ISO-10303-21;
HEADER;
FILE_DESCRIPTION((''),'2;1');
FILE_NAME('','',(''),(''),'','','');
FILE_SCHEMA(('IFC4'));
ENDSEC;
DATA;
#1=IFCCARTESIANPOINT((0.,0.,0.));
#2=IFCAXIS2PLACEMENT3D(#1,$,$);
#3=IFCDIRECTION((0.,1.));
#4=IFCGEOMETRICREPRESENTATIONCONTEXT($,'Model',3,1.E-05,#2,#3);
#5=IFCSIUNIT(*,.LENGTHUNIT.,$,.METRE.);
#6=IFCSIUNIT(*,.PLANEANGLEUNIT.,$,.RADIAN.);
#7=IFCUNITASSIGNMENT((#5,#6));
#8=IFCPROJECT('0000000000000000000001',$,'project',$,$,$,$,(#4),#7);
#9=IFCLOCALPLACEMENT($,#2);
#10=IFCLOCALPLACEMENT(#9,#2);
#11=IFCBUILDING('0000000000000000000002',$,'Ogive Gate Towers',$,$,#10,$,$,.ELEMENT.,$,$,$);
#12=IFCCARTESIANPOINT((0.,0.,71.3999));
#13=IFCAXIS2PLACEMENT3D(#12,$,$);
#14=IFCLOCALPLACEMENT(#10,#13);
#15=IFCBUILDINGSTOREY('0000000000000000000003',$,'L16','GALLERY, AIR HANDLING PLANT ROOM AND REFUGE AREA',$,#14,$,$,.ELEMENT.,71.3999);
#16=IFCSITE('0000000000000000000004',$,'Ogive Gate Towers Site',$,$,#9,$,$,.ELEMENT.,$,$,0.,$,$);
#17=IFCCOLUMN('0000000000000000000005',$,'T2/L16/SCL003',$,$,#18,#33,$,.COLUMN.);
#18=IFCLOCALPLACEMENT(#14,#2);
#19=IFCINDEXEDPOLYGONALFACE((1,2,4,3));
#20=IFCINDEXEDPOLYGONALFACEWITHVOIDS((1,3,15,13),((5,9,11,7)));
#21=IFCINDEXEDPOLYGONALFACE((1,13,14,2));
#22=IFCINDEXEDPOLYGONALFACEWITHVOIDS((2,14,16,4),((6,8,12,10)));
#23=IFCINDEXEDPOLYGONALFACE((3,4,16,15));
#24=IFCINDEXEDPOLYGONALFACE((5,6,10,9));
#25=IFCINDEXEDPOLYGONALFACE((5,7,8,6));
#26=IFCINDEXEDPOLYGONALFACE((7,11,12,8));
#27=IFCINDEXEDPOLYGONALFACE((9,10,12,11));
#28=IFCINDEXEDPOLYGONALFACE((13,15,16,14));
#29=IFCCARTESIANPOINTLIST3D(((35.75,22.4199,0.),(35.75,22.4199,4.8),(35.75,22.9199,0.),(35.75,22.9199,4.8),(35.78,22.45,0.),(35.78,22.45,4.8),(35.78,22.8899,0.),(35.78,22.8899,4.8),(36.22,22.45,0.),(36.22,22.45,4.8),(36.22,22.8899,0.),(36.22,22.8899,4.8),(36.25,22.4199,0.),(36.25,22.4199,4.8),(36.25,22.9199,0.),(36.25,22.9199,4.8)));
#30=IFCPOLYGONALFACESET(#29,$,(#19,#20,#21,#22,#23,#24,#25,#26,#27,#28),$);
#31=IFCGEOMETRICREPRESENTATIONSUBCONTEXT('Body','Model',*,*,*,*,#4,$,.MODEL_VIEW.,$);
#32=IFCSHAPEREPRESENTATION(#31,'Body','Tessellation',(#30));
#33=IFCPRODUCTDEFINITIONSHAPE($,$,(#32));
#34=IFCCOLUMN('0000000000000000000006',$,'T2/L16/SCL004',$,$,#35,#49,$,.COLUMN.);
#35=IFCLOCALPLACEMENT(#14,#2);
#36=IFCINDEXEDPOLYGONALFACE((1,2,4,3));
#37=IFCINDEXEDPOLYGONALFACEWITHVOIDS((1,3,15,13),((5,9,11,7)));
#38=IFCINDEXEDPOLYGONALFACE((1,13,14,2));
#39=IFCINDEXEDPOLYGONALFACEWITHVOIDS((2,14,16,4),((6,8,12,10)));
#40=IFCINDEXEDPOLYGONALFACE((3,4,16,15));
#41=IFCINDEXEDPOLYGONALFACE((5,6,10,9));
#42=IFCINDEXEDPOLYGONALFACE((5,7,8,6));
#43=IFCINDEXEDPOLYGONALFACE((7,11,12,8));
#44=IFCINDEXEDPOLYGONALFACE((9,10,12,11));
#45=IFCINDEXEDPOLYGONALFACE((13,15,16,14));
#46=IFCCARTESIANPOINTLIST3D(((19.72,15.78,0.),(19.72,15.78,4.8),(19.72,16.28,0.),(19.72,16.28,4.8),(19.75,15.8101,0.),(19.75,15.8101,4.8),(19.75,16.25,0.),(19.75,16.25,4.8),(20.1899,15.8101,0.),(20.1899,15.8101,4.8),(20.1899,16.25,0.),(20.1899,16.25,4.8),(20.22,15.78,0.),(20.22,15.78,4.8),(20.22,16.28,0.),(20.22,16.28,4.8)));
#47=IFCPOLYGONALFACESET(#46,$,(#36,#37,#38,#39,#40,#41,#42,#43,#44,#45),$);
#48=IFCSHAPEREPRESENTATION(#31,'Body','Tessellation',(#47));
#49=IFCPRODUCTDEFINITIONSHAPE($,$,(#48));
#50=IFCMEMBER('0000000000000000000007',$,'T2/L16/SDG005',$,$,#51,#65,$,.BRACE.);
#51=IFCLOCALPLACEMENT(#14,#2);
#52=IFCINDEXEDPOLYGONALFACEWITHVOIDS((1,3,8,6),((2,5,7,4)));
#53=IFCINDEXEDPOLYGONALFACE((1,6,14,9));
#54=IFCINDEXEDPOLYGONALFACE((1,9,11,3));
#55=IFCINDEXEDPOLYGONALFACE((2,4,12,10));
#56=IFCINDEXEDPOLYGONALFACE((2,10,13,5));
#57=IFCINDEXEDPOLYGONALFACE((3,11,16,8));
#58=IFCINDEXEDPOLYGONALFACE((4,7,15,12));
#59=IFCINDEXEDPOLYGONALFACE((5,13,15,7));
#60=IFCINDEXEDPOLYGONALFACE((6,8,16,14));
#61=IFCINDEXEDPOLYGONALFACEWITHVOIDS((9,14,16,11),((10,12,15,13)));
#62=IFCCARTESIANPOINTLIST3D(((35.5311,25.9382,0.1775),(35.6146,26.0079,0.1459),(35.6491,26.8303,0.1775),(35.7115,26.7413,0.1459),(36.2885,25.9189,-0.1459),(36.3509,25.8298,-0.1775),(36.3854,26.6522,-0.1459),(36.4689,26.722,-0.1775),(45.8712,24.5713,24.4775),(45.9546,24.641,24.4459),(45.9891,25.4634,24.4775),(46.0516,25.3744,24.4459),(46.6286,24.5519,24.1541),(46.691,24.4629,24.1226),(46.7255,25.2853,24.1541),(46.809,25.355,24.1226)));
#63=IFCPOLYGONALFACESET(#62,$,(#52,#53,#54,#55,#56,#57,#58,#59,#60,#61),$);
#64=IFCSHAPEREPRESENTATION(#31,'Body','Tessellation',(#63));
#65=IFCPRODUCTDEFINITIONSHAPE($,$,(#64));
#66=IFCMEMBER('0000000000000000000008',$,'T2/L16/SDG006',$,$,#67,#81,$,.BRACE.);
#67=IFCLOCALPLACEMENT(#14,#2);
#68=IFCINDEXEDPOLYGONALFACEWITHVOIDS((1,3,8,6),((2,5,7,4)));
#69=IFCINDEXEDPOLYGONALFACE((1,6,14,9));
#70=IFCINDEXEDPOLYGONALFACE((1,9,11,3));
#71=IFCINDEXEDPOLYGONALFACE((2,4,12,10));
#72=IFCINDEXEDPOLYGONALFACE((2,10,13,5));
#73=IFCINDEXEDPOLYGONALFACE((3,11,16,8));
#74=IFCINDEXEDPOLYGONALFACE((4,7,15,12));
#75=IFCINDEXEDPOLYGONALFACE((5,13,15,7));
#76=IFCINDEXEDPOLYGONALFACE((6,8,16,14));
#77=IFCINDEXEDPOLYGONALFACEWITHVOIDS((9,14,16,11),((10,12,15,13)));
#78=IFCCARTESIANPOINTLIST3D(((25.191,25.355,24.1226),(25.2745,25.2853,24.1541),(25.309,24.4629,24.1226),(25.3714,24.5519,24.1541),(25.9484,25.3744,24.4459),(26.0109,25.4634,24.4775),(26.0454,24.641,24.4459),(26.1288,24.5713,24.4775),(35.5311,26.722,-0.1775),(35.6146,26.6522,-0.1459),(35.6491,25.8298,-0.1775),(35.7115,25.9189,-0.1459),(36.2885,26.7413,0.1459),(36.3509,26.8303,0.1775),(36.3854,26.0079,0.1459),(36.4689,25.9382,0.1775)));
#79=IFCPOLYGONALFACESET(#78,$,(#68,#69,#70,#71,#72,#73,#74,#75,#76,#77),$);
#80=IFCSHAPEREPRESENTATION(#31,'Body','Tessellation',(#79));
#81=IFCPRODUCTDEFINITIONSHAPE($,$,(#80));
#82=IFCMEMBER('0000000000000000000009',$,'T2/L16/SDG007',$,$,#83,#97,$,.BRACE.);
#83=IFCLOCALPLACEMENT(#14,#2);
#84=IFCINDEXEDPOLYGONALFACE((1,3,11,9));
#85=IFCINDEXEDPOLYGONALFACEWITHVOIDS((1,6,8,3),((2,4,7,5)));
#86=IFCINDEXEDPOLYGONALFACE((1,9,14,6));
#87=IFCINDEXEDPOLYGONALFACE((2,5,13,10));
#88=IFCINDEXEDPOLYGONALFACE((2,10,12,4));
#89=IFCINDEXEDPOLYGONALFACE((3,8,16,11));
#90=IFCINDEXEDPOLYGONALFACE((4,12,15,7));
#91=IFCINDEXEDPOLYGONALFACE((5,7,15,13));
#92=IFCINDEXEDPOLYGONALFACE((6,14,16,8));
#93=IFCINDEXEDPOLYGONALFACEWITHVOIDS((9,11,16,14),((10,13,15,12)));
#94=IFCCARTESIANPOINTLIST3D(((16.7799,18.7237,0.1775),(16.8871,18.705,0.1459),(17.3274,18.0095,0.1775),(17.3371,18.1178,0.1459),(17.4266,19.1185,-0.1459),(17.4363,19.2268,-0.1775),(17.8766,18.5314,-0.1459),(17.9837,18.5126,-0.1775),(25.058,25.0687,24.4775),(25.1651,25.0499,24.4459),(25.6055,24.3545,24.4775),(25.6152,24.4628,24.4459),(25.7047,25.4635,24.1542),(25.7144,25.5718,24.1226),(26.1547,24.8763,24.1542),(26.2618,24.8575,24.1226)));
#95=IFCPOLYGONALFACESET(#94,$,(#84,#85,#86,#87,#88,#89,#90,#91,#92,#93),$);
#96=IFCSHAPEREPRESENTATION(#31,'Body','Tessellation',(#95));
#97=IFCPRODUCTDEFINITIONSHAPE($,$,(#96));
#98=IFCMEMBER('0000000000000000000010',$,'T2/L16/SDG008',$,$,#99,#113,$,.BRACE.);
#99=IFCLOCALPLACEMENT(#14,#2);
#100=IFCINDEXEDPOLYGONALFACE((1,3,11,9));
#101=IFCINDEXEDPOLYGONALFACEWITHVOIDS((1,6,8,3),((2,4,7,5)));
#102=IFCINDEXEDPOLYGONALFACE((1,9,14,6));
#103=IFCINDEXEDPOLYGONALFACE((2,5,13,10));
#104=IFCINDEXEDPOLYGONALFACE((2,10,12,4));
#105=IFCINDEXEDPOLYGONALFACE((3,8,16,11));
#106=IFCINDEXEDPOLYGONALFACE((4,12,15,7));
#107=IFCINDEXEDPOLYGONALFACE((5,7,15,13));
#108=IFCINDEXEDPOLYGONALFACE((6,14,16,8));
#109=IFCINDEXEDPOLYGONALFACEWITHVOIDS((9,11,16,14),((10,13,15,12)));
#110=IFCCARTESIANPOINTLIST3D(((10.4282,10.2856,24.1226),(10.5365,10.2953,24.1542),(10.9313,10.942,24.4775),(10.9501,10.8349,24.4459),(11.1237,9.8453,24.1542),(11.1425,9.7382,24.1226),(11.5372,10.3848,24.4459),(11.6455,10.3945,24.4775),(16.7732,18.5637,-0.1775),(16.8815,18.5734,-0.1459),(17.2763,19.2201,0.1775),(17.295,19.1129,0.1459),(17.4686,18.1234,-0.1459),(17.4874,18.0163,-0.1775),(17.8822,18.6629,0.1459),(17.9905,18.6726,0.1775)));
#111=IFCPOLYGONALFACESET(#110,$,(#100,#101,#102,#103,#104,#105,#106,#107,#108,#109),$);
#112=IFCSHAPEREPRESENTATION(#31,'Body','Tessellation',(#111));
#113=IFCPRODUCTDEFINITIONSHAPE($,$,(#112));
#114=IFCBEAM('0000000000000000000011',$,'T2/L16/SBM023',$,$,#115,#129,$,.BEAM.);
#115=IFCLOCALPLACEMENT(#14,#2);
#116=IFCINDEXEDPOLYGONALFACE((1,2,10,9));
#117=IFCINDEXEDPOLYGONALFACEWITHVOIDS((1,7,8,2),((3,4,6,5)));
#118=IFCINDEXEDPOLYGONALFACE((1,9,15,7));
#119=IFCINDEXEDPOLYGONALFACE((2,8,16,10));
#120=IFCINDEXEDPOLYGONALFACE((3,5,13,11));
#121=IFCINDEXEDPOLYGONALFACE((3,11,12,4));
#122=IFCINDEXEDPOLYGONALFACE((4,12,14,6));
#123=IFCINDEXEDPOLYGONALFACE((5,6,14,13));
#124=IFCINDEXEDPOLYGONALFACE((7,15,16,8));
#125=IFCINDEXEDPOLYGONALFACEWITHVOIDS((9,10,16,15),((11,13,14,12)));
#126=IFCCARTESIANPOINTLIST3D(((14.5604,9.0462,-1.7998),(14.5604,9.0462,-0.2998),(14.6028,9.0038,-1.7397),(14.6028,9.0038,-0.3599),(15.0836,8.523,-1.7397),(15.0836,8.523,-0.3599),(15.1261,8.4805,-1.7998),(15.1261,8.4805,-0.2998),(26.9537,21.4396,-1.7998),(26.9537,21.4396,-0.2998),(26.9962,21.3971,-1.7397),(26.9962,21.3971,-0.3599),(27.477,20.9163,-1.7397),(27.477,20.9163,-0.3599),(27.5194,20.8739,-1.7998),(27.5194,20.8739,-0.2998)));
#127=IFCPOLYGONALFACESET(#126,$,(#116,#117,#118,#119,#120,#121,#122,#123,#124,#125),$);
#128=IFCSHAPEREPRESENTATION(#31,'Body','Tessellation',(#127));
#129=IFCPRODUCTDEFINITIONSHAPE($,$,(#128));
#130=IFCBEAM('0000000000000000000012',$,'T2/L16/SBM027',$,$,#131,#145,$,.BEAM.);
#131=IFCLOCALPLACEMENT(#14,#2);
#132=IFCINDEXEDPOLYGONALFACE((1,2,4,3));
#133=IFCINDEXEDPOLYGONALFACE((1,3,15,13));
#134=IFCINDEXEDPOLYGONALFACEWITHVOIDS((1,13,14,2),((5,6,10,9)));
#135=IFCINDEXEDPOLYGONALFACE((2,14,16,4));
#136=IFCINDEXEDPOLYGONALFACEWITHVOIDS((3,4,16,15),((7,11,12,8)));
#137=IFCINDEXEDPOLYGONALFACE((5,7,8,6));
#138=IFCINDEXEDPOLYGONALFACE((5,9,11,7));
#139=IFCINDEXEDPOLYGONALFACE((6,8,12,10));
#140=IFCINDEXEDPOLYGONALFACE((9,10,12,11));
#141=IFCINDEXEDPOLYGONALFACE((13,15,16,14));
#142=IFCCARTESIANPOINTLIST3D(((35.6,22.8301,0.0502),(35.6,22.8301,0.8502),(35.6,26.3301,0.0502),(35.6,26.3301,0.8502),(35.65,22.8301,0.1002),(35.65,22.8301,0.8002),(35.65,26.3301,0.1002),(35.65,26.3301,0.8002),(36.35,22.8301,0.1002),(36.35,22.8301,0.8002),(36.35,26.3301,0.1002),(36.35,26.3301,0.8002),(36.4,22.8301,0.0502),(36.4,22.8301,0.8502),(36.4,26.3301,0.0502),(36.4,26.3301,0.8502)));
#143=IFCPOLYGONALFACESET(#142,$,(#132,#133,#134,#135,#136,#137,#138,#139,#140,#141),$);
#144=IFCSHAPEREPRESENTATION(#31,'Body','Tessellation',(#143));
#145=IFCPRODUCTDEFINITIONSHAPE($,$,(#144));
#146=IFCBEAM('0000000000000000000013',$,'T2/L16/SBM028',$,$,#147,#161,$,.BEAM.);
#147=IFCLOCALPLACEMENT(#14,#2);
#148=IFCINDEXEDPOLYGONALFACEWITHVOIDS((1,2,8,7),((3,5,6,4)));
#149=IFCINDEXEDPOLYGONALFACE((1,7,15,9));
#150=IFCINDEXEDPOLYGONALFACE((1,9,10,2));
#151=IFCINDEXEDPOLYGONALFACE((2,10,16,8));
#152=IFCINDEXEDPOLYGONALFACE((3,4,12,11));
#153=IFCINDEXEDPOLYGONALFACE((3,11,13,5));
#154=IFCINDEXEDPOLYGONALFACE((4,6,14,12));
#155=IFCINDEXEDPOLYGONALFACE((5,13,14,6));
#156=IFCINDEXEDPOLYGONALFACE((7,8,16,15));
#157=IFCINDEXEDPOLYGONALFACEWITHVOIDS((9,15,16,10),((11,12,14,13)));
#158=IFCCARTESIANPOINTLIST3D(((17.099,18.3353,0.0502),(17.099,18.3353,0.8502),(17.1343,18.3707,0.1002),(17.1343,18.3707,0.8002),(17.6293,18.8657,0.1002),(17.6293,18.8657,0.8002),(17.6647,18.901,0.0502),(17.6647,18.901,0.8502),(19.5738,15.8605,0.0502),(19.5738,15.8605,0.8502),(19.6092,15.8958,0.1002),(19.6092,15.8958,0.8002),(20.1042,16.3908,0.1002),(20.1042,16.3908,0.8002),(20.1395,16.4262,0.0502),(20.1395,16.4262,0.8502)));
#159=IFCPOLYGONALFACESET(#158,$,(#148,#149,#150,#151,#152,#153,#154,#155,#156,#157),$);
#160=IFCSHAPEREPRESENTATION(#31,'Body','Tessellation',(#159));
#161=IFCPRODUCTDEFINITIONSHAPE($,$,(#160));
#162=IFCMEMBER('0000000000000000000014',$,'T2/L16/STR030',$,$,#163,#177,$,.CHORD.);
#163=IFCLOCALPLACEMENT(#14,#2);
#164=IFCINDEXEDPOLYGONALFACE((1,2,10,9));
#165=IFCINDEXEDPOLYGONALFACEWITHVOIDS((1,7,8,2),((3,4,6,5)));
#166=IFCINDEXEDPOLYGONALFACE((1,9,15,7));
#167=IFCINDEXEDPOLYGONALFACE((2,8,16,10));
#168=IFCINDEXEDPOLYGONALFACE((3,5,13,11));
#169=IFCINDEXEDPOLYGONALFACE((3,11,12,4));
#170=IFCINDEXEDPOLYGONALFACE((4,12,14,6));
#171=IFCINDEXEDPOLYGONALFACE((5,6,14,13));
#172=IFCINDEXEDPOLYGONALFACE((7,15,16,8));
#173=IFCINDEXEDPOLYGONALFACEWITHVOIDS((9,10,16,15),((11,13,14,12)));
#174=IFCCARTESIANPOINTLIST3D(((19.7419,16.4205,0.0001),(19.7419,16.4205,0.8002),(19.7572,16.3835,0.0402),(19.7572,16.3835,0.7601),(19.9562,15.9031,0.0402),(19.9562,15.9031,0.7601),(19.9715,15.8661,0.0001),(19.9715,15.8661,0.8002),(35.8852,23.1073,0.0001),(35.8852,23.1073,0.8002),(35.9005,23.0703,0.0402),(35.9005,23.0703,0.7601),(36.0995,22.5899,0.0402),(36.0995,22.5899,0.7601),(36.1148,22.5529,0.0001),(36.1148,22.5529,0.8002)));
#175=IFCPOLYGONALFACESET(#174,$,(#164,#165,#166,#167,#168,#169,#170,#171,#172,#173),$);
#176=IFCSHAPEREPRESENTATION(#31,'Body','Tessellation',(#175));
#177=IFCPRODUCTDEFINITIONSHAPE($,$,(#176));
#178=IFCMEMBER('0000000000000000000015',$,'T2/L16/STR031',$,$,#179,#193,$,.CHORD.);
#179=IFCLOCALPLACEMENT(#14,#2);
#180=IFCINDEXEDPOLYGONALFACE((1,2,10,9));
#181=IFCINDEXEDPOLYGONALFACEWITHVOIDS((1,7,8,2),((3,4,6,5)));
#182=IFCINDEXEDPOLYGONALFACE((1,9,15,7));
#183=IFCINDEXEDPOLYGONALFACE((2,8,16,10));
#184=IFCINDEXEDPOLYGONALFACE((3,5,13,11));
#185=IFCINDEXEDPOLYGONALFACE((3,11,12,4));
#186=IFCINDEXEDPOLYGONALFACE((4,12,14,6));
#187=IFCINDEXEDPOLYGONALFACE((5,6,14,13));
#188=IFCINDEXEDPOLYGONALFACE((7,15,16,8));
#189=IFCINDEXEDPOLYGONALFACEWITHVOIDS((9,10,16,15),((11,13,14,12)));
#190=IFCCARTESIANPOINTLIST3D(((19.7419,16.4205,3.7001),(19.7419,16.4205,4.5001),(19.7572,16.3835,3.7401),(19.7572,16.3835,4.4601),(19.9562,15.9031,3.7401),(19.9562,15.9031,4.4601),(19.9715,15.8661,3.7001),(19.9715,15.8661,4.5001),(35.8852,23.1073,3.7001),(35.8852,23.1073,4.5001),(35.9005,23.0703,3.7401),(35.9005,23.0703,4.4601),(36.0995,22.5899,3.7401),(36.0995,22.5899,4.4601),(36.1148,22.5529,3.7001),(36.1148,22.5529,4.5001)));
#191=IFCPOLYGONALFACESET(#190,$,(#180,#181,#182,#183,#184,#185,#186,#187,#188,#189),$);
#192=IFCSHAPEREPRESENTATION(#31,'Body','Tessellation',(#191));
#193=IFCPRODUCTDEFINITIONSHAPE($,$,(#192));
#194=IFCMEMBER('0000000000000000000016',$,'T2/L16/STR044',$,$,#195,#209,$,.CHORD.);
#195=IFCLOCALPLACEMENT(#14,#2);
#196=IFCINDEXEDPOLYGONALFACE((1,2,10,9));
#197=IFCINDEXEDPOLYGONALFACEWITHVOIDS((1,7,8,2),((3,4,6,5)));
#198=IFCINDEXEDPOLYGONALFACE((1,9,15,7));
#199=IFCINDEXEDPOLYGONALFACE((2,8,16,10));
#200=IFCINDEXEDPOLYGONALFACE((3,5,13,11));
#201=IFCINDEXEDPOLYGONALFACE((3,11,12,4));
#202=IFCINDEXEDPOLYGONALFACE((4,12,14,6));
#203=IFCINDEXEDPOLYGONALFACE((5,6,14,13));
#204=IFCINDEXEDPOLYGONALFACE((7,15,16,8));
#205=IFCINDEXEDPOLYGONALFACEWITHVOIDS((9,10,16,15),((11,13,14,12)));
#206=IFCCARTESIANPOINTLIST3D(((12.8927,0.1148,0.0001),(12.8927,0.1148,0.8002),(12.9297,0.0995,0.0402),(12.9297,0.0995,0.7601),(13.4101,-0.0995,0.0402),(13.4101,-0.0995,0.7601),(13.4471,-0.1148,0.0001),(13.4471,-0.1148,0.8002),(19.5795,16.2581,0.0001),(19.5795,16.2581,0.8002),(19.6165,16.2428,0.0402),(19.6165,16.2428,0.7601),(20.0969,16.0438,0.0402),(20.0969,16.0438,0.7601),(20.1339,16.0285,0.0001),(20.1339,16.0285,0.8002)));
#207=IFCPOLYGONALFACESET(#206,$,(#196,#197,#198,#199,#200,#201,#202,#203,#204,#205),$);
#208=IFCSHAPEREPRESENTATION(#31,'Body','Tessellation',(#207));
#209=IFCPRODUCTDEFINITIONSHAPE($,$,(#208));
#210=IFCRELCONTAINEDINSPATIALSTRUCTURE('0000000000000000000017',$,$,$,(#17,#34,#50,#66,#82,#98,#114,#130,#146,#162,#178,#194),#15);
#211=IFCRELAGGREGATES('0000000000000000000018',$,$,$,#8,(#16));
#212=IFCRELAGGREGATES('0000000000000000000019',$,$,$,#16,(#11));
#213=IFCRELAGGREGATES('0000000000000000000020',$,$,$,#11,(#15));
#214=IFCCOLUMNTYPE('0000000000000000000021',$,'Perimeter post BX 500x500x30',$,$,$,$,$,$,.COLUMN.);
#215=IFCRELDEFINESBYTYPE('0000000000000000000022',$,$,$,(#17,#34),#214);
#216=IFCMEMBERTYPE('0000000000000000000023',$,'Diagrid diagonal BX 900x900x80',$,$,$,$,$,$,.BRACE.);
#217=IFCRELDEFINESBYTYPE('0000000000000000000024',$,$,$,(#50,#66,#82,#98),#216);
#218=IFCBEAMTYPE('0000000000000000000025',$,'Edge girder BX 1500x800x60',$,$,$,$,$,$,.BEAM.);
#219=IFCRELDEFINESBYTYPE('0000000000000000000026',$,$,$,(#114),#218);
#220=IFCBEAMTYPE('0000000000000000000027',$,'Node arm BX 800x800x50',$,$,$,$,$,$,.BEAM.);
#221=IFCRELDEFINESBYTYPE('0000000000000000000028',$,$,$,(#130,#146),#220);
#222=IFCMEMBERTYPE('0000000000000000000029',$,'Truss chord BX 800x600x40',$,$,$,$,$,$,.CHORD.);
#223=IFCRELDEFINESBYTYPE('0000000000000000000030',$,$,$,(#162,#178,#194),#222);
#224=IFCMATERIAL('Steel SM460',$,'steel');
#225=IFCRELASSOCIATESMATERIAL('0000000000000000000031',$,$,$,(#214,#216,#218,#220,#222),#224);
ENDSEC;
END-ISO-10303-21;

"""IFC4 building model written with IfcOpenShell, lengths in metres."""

from ifc_helpers import new_model, si_unit, direction, frame, origin, origin_2d, place, context, subcontext, project, spatial, hollow_rectangle, extrude, material, material_profile, profile_set, type_object, element, save


model = new_model("IFC4")

# Units and contexts
model_context = context("Model", 3, precision=1e-05, world=origin(), true_north=direction((0.0, 1.0)))
body_context = subcontext(model_context, "Body", "Model", "MODEL_VIEW")
ifc_project = project(units=[si_unit("LENGTHUNIT", "METRE"), si_unit("PLANEANGLEUNIT", "RADIAN")], contexts=[model_context])

# Site, building, storey
site_placement = place(None, origin())
site = spatial("IfcSite", under=ifc_project, at=site_placement, Name="Ogive Gate Towers Site", CompositionType="ELEMENT", RefElevation=0.0)
building_placement = place(site_placement, origin())
building = spatial("IfcBuilding", under=site, at=building_placement, Name="Ogive Gate Towers", CompositionType="ELEMENT")
storey_placement = place(building_placement, frame((0.0, 0.0, 71.3999)))
storey = spatial("IfcBuildingStorey", under=building, at=storey_placement, Name="L16", Description="GALLERY, AIR HANDLING PLANT ROOM AND REFUGE AREA", CompositionType="ELEMENT", Elevation=71.3999)

# Columns
ifc_material_1 = material(Name="Steel SM460", Category="steel")
ifc_material_profile_1 = material_profile(ifc_material_1, hollow_rectangle(XDim=0.5, YDim=0.5, WallThickness=0.03, at=origin_2d()), Name="BX 500x500x30")
ifc_profile_set_1 = profile_set([ifc_material_profile_1], Name="Steel SM460")
column_type = type_object("IfcColumnType", Name="Perimeter post BX 500x500x30", PredefinedType="COLUMN", material=ifc_profile_set_1)
for number, where, z_axis, x_axis, name in (
    (1, (36.0, 22.6699, 0.0), (0.0, 0.0, 1.0), (1.0, 0.0, 0.0), "T2/L16/SCL003"),
    (2, (19.97, 16.03, 0.0), (0.0, 0.0, 1.0), (1.0, 0.0, 0.0), "T2/L16/SCL004"),
):
    element("IfcColumn", number, at=place(storey_placement, frame(where, z_axis=z_axis, x_axis=x_axis)), inside=storey, type_object=column_type, Name=name, PredefinedType="COLUMN", context=body_context, shape_type="SweptSolid", body=[
        extrude(hollow_rectangle(XDim=0.5, YDim=0.5, WallThickness=0.03, at=origin_2d()), origin(), (0.0, 0.0, 1.0), 4.8),
    ])

# Members
ifc_material_profile_2 = material_profile(ifc_material_1, hollow_rectangle(XDim=0.8999, YDim=0.8999, WallThickness=0.0801, at=origin_2d()), Name="BX 900x900x80")
ifc_profile_set_2 = profile_set([ifc_material_profile_2], Name="Steel SM460")
member_type_1 = type_object("IfcMemberType", Name="Diagrid diagonal BX 900x900x80", PredefinedType="BRACE", material=ifc_profile_set_2)
for number, where, z_axis, x_axis, name in (
    (3, (36.0, 26.3301, 0.0), (0.39102, -0.051692, 0.918929), (0.131058, 0.991375, 0.0), "T2/L16/SDG005"),
    (4, (36.0, 26.3301, 0.0), (-0.39102, -0.051692, 0.918929), (0.131058, -0.991375, 0.0), "T2/L16/SDG006"),
    (5, (17.3818, 18.6182, 0.0), (0.313043, 0.239941, 0.91893), (-0.608338, 0.793678, 0.0), "T2/L16/SDG007"),
    (6, (17.3818, 18.6182, 0.0), (-0.239941, -0.313043, 0.91893), (0.793678, -0.608338, 0.0), "T2/L16/SDG008"),
):
    element("IfcMember", number, at=place(storey_placement, frame(where, z_axis=z_axis, x_axis=x_axis)), inside=storey, type_object=member_type_1, Name=name, PredefinedType="BRACE", context=body_context, shape_type="SweptSolid", body=[
        extrude(hollow_rectangle(XDim=0.8999, YDim=0.8999, WallThickness=0.0801, at=origin_2d()), origin(), (0.0, 0.0, 1.0), 26.4438),
    ])

# Beams
ifc_material_profile_3 = material_profile(ifc_material_1, hollow_rectangle(XDim=0.8, YDim=1.5, WallThickness=0.0601, at=origin_2d()), Name="BX 1500x800x60")
ifc_profile_set_3 = profile_set([ifc_material_profile_3], Name="Steel SM460")
beam_type_1 = type_object("IfcBeamType", Name="Edge girder BX 1500x800x60", PredefinedType="BEAM", material=ifc_profile_set_3)
beam_placement = place(storey_placement, frame((27.2366, 21.1567, -1.0498), z_axis=(-0.707107, -0.707107, 0.0), x_axis=(0.707107, -0.707107, 0.0)))
element("IfcBeam", 7, at=beam_placement, inside=storey, type_object=beam_type_1, Name="T2/L16/SBM023", PredefinedType="BEAM", context=body_context, shape_type="SweptSolid", body=[
    extrude(hollow_rectangle(XDim=0.8, YDim=1.5, WallThickness=0.0601, at=origin_2d()), origin(), (0.0, 0.0, 1.0), 17.5269),
])
ifc_material_profile_4 = material_profile(ifc_material_1, hollow_rectangle(XDim=0.8, YDim=0.8, WallThickness=0.05, at=origin_2d()), Name="BX 800x800x50")
ifc_profile_set_4 = profile_set([ifc_material_profile_4], Name="Steel SM460")
beam_type_2 = type_object("IfcBeamType", Name="Node arm BX 800x800x50", PredefinedType="BEAM", material=ifc_profile_set_4)
for number, where, z_axis, x_axis, name in (
    (8, (36.0, 22.8301, 0.4502), (0.0, 1.0, 0.0), (-1.0, 0.0, 0.0), "T2/L16/SBM027"),
    (9, (19.8567, 16.1433, 0.4502), (-0.707107, 0.707107, 0.0), (-0.707107, -0.707107, 0.0), "T2/L16/SBM028"),
):
    element("IfcBeam", number, at=place(storey_placement, frame(where, z_axis=z_axis, x_axis=x_axis)), inside=storey, type_object=beam_type_2, Name=name, PredefinedType="BEAM", context=body_context, shape_type="SweptSolid", body=[
        extrude(hollow_rectangle(XDim=0.8, YDim=0.8, WallThickness=0.05, at=origin_2d()), origin(), (0.0, 0.0, 1.0), 3.5),
    ])

# Members
ifc_material_profile_5 = material_profile(ifc_material_1, hollow_rectangle(XDim=0.6001, YDim=0.8, WallThickness=0.04, at=origin_2d()), Name="BX 800x600x40")
ifc_profile_set_5 = profile_set([ifc_material_profile_5], Name="Steel SM460")
member_type_2 = type_object("IfcMemberType", Name="Truss chord BX 800x600x40", PredefinedType="CHORD", material=ifc_profile_set_5)
for number, where, z_axis, x_axis, name in (
    (10, (36.0, 22.8301, 0.4001), (-0.92388, -0.382683, 0.0), (0.382683, -0.92388, 0.0), "T2/L16/STR030"),
    (11, (36.0, 22.8301, 4.1001), (-0.92388, -0.382683, 0.0), (0.382683, -0.92388, 0.0), "T2/L16/STR031"),
    (12, (19.8567, 16.1433, 0.4001), (-0.382683, -0.92388, 0.0), (0.92388, -0.382683, 0.0), "T2/L16/STR044"),
):
    element("IfcMember", number, at=place(storey_placement, frame(where, z_axis=z_axis, x_axis=x_axis)), inside=storey, type_object=member_type_2, Name=name, PredefinedType="CHORD", context=body_context, shape_type="SweptSolid", body=[
        extrude(hollow_rectangle(XDim=0.6001, YDim=0.8, WallThickness=0.04, at=origin_2d()), origin(), (0.0, 0.0, 1.0), 17.4734),
    ])

save(model, "model.ifc")
